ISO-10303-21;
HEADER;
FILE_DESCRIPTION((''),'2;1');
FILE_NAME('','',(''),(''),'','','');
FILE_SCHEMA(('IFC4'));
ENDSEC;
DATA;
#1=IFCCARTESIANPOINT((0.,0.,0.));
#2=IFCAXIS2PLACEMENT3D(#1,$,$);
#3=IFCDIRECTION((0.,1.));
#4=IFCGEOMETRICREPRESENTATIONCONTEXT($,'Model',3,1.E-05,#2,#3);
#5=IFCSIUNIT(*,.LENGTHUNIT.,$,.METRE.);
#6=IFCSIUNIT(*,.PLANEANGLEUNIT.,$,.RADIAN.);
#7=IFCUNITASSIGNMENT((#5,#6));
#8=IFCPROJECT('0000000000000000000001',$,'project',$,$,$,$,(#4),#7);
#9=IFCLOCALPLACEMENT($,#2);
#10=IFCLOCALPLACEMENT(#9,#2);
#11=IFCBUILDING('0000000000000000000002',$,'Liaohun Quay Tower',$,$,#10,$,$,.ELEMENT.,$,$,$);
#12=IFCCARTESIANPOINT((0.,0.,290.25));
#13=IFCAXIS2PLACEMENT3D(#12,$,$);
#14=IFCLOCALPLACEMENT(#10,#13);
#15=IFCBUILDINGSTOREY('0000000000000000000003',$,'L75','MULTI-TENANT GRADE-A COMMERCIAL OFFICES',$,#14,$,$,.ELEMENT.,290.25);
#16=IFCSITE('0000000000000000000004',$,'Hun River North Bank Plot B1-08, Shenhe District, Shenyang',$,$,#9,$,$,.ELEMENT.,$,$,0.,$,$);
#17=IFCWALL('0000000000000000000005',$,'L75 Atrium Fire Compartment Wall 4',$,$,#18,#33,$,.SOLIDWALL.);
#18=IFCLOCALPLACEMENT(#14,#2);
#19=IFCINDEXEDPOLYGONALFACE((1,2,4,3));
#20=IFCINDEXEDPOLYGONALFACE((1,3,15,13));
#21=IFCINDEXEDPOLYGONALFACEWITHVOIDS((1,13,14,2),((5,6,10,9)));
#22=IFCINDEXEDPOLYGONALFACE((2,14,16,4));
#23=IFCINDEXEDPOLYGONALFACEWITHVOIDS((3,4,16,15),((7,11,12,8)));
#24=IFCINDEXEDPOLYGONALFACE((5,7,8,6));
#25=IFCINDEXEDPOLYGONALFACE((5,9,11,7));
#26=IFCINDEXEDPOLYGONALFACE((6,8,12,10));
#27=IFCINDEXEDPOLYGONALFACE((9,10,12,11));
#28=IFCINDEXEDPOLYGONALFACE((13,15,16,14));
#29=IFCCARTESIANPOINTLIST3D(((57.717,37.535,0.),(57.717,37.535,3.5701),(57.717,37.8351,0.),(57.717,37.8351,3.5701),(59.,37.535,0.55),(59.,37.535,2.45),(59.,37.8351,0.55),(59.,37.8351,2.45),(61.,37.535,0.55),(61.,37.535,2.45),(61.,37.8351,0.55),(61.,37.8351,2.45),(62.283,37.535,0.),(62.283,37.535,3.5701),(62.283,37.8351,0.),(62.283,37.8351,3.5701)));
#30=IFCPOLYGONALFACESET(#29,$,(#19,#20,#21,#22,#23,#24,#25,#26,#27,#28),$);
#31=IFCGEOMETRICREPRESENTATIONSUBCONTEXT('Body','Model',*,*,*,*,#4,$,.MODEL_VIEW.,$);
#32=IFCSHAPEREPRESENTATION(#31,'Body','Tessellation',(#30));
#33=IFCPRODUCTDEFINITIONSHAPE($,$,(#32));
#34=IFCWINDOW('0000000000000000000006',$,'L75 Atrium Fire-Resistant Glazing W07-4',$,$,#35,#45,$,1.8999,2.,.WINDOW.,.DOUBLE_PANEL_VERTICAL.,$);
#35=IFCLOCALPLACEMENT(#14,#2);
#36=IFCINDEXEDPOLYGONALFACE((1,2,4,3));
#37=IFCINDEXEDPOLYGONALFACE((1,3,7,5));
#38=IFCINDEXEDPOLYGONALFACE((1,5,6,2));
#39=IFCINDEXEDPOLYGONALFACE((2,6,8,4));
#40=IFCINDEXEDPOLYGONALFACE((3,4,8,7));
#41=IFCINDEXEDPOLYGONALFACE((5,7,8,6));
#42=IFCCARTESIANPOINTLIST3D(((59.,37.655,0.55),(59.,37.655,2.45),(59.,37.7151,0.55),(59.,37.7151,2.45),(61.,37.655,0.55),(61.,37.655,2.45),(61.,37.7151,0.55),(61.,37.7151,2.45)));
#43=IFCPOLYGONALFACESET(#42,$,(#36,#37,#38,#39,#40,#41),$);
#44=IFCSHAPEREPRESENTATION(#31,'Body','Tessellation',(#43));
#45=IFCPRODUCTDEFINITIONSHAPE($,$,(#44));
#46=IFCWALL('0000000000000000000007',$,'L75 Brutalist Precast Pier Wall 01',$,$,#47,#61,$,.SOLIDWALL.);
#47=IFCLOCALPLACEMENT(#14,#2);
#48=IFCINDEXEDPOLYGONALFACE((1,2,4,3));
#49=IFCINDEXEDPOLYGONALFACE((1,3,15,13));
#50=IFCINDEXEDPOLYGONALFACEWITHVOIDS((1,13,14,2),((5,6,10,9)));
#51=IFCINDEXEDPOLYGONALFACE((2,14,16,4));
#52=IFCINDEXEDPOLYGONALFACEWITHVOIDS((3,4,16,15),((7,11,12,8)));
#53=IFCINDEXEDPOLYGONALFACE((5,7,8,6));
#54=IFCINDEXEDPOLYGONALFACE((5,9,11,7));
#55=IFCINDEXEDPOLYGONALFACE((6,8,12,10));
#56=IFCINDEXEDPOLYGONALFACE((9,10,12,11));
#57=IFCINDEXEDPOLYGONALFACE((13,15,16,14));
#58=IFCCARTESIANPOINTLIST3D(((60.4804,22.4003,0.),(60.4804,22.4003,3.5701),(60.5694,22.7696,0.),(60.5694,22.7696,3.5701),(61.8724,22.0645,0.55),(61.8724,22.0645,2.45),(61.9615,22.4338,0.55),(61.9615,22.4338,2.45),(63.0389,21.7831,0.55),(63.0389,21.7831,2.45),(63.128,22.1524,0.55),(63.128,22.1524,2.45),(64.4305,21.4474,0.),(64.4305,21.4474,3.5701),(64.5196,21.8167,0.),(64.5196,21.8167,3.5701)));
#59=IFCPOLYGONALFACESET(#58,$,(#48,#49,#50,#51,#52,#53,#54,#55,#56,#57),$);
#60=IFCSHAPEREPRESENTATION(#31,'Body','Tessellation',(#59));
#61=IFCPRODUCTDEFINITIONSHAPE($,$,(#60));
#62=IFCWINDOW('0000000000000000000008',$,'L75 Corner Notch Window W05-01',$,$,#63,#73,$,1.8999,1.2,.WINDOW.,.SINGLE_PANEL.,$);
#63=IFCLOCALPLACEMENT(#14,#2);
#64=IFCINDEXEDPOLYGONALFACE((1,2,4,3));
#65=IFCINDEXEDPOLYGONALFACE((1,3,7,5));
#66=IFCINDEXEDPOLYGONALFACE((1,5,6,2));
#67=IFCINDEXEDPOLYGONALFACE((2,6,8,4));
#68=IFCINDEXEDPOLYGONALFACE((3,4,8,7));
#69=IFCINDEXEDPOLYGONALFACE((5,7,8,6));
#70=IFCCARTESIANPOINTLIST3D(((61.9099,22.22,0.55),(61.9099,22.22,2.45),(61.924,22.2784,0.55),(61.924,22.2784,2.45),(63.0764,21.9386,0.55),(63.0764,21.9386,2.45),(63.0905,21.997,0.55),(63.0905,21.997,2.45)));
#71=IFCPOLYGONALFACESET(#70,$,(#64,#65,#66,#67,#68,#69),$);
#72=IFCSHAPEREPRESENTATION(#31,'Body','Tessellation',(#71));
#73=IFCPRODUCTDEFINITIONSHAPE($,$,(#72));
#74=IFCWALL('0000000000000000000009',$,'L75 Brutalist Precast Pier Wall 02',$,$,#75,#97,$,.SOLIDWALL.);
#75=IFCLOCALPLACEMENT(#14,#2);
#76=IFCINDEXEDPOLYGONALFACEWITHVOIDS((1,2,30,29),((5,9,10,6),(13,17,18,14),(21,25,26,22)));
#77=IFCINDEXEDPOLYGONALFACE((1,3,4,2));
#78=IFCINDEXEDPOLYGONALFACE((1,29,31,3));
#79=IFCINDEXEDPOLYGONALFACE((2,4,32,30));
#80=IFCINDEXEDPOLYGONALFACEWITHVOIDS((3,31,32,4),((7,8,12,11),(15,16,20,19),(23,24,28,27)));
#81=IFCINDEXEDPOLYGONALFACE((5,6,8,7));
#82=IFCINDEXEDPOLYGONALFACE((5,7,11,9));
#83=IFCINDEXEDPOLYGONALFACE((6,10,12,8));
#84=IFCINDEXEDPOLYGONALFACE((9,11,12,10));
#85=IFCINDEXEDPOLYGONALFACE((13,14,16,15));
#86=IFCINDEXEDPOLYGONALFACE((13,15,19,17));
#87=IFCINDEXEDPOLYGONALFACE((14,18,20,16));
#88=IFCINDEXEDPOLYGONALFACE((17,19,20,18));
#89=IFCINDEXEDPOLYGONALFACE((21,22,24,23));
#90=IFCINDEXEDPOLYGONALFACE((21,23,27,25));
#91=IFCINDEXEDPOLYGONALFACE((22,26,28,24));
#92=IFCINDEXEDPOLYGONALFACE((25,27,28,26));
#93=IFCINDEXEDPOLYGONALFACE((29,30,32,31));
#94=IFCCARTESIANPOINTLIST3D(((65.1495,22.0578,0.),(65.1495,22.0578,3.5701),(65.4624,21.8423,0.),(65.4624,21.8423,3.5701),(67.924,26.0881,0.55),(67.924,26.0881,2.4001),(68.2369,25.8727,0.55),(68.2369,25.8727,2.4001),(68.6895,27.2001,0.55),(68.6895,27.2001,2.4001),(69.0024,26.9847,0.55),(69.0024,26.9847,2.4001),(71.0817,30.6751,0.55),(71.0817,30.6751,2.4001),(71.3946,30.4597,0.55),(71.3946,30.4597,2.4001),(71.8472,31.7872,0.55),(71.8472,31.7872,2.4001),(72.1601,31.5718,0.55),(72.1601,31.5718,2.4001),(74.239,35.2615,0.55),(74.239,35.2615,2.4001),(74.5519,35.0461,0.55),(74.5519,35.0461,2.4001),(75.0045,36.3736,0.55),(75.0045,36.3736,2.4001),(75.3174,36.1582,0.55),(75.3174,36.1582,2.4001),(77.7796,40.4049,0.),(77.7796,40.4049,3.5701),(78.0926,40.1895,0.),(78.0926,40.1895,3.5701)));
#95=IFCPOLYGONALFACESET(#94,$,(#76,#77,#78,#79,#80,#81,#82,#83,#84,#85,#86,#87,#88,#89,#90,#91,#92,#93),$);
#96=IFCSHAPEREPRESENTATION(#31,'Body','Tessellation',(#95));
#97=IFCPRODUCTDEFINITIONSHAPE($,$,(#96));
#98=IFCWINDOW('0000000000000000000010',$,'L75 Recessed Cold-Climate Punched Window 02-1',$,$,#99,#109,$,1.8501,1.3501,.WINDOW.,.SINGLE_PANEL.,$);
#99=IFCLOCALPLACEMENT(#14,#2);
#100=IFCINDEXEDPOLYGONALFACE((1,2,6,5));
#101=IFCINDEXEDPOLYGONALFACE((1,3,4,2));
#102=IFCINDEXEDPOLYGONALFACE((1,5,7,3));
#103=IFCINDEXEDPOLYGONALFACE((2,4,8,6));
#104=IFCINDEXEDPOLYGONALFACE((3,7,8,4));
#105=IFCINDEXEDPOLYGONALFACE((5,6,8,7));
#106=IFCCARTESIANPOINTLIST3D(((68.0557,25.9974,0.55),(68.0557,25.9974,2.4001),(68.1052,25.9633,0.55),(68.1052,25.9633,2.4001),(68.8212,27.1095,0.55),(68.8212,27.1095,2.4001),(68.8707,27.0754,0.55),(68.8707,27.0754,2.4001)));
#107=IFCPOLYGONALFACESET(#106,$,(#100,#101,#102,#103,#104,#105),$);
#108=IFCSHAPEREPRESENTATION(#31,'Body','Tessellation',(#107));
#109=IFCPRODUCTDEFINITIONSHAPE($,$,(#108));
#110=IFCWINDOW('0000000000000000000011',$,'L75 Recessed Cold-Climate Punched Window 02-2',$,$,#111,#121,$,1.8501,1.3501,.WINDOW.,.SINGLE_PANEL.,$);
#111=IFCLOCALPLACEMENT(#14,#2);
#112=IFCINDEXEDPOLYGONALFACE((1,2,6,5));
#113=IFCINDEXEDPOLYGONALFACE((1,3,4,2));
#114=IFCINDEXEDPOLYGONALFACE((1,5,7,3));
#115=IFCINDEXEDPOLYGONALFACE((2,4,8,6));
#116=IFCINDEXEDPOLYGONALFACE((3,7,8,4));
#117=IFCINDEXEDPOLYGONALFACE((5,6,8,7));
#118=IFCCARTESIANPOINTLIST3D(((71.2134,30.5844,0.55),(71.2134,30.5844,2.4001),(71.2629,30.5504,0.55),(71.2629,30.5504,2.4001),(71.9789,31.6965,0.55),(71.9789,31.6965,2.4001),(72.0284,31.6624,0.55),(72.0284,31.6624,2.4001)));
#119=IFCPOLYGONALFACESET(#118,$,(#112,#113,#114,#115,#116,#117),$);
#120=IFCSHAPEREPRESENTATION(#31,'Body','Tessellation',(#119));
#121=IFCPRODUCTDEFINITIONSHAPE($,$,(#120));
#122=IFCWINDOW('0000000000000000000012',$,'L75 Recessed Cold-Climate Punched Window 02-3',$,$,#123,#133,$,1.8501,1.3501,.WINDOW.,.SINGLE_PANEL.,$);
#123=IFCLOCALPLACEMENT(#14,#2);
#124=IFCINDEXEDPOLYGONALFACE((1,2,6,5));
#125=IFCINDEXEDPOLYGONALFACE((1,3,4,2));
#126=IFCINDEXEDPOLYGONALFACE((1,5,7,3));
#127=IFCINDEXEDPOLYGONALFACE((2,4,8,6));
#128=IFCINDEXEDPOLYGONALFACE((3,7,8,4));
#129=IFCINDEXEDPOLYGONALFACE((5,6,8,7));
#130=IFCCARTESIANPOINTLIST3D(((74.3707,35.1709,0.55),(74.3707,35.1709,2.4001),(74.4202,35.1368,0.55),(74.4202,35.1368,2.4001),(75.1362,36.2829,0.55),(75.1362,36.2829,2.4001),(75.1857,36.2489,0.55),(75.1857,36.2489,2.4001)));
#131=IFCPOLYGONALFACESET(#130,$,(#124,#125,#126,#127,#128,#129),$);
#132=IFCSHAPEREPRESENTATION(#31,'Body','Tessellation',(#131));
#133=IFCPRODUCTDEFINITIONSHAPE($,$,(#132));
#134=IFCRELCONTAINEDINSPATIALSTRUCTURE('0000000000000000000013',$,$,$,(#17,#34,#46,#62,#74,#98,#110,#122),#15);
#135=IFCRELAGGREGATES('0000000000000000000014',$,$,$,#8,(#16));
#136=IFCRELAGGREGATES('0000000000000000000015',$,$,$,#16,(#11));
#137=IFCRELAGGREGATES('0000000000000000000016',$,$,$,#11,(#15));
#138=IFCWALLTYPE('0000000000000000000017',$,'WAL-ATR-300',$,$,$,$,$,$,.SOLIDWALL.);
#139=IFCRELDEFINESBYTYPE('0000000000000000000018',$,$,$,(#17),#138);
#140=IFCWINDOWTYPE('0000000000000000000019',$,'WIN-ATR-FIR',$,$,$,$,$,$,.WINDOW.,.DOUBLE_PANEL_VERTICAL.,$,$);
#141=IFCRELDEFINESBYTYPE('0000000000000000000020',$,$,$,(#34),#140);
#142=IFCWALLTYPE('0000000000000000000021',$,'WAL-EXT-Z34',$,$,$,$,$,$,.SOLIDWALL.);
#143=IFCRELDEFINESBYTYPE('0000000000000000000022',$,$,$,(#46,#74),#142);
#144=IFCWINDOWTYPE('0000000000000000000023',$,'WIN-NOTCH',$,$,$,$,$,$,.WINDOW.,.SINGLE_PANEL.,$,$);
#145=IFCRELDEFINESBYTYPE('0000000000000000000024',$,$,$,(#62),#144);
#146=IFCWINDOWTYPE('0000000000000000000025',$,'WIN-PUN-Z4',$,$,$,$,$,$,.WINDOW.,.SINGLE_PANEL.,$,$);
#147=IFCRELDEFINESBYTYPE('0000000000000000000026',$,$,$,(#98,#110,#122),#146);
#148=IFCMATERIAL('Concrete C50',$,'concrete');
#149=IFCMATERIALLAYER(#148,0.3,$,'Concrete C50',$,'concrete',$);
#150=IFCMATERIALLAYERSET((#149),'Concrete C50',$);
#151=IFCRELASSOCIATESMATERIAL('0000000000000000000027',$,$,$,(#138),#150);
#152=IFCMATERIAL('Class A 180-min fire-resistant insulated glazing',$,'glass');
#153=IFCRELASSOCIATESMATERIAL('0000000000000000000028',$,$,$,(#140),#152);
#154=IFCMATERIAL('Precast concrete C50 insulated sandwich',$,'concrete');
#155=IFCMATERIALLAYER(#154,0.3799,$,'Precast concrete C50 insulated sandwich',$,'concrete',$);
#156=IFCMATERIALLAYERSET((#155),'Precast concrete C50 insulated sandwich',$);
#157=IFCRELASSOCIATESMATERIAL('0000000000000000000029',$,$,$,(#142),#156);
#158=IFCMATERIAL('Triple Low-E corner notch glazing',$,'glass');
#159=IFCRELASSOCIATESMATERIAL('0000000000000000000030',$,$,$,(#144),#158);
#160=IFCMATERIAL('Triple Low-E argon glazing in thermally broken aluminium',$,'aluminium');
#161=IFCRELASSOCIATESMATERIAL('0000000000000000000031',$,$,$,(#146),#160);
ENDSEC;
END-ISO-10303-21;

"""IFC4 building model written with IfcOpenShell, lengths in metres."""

from ifc_helpers import new_model, si_unit, direction, frame, frame_2d, origin, place, context, subcontext, project, spatial, rectangle, extrude, source, transform, mapped, material, layer, layer_set, type_object, element, fill, save


model = new_model("IFC4")

# Units and contexts
model_context = context("Model", 3, precision=1e-05, world=origin(), true_north=direction((0.0, 1.0)))
body_context = subcontext(model_context, "Body", "Model", "MODEL_VIEW")
ifc_project = project(units=[si_unit("LENGTHUNIT", "METRE"), si_unit("PLANEANGLEUNIT", "RADIAN")], contexts=[model_context])

# Site, building, storey
site_placement = place(None, origin())
site = spatial("IfcSite", under=ifc_project, at=site_placement, Name="Hun River North Bank Plot B1-08, Shenhe District, Shenyang", CompositionType="ELEMENT", RefElevation=0.0)
building_placement = place(site_placement, origin())
building = spatial("IfcBuilding", under=site, at=building_placement, Name="Liaohun Quay Tower", CompositionType="ELEMENT")
storey_placement = place(building_placement, frame((0.0, 0.0, 290.25)))
storey = spatial("IfcBuildingStorey", under=building, at=storey_placement, Name="L75", Description="MULTI-TENANT GRADE-A COMMERCIAL OFFICES", CompositionType="ELEMENT", Elevation=290.25)

# Shared definitions
ifc_material_1 = material(Name="Concrete C50", Category="concrete")

# Walls, openings, windows
ifc_layer_1 = layer(ifc_material_1, 0.3, Name="Concrete C50", Category="concrete")
ifc_layer_set_1 = layer_set([ifc_layer_1], Name="Concrete C50")
wall_type_1 = type_object("IfcWallType", Name="WAL-ATR-300", PredefinedType="SOLIDWALL", material=ifc_layer_set_1)
shared_shape_1 = source(origin(), body_context, "Body", "SweptSolid", [
    extrude(rectangle(XDim=2.0, YDim=1.8999, at=frame_2d((1.0, 0.95))), frame((0.0, 0.1599, 0.0), z_axis=(0.0, -1.0, 0.0), x_axis=(1.0, 0.0, 0.0)), (0.0, 0.0, 1.0), 0.3201),
])
ifc_material_2 = material(Name="Class A 180-min fire-resistant insulated glazing", Category="glass")
window_type_1 = type_object("IfcWindowType", Name="WIN-ATR-FIR", PartitioningType="DOUBLE_PANEL_VERTICAL", PredefinedType="WINDOW", material=ifc_material_2)
shared_shape_2 = source(origin(), body_context, "Body", "SweptSolid", [
    extrude(rectangle(XDim=2.0, YDim=1.8999, at=frame_2d((1.0, 0.95))), frame((0.0, 0.03, 0.0), z_axis=(0.0, -1.0, 0.0), x_axis=(1.0, 0.0, 0.0)), (0.0, 0.0, 1.0), 0.0601),
])
wall_1_placement = place(storey_placement, frame((62.283, 37.6851, 0.0), z_axis=(0.0, 0.0, 1.0), x_axis=(-1.0, 0.0, 0.0)))
wall_1 = element("IfcWall", 1, at=wall_1_placement, inside=storey, type_object=wall_type_1, Name="L75 Atrium Fire Compartment Wall 4", PredefinedType="SOLIDWALL", context=body_context, shape_type="SweptSolid", body=[
    extrude(rectangle(XDim=4.5659, YDim=0.3, at=frame_2d((2.283, 0.0))), origin(), (0.0, 0.0, 1.0), 3.5701),
])
opening_1_placement = place(wall_1_placement, frame((1.283, 0.0, 0.55)))
opening_1 = element("IfcOpeningElement", 2, at=opening_1_placement, cuts=wall_1, PredefinedType="OPENING", context=body_context, shape_type="MappedRepresentation", body=[
    mapped(shared_shape_1, transform((0.0, 0.0, 0.0), x_axis=(1.0, 0.0, 0.0), y_axis=(0.0, 1.0, 0.0), z_axis=(0.0, 0.0, 1.0), scale=1.0)),
])
window_1_placement = place(opening_1_placement, origin())
window_1 = element("IfcWindow", 3, at=window_1_placement, inside=storey, type_object=window_type_1, Name="L75 Atrium Fire-Resistant Glazing W07-4", OverallHeight=1.8999, OverallWidth=2.0, PartitioningType="DOUBLE_PANEL_VERTICAL", PredefinedType="WINDOW", context=body_context, shape_type="MappedRepresentation", body=[
    mapped(shared_shape_2, transform((0.0, 0.0, 0.0), x_axis=(1.0, 0.0, 0.0), y_axis=(0.0, 1.0, 0.0), z_axis=(0.0, 0.0, 1.0), scale=1.0)),
])
fill(opening_1, window_1)
ifc_material_3 = material(Name="Precast concrete C50 insulated sandwich", Category="concrete")
ifc_layer_2 = layer(ifc_material_3, 0.3799, Name="Precast concrete C50 insulated sandwich", Category="concrete")
ifc_layer_set_2 = layer_set([ifc_layer_2], Name="Precast concrete C50 insulated sandwich")
wall_type_2 = type_object("IfcWallType", Name="WAL-EXT-Z34", PredefinedType="SOLIDWALL", material=ifc_layer_set_2)
wall_2_placement = place(storey_placement, frame((60.5249, 22.585, 0.0), z_axis=(0.0, 0.0, 1.0), x_axis=(0.972117, -0.234498, 0.0)))
wall_2 = element("IfcWall", 4, at=wall_2_placement, inside=storey, type_object=wall_type_2, Name="L75 Brutalist Precast Pier Wall 01", PredefinedType="SOLIDWALL", context=body_context, shape_type="SweptSolid", body=[
    extrude(rectangle(XDim=4.0635, YDim=0.3799, at=frame_2d((2.0317, 0.0))), origin(), (0.0, 0.0, 1.0), 3.5701),
])
shared_shape_3 = source(origin(), body_context, "Body", "SweptSolid", [
    extrude(rectangle(XDim=1.2, YDim=1.8999, at=frame_2d((0.6001, 0.95))), frame((0.0, 0.2, 0.0), z_axis=(0.0, -1.0, 0.0), x_axis=(1.0, 0.0, 0.0)), (0.0, 0.0, 1.0), 0.3999),
])
opening_2_placement = place(wall_2_placement, frame((1.4319, 0.0, 0.55)))
opening_2 = element("IfcOpeningElement", 5, at=opening_2_placement, cuts=wall_2, PredefinedType="OPENING", context=body_context, shape_type="MappedRepresentation", body=[
    mapped(shared_shape_3, transform((0.0, 0.0, 0.0), x_axis=(1.0, 0.0, 0.0), y_axis=(0.0, 1.0, 0.0), z_axis=(0.0, 0.0, 1.0), scale=1.0)),
])
ifc_material_4 = material(Name="Triple Low-E corner notch glazing", Category="glass")
window_type_2 = type_object("IfcWindowType", Name="WIN-NOTCH", PartitioningType="SINGLE_PANEL", PredefinedType="WINDOW", material=ifc_material_4)
shared_shape_4 = source(origin(), body_context, "Body", "SweptSolid", [
    extrude(rectangle(XDim=1.2, YDim=1.8999, at=frame_2d((0.6001, 0.95))), frame((0.0, 0.03, 0.0), z_axis=(0.0, -1.0, 0.0), x_axis=(1.0, 0.0, 0.0)), (0.0, 0.0, 1.0), 0.0601),
])
window_2_placement = place(opening_2_placement, origin())
window_2 = element("IfcWindow", 6, at=window_2_placement, inside=storey, type_object=window_type_2, Name="L75 Corner Notch Window W05-01", OverallHeight=1.8999, OverallWidth=1.2, PartitioningType="SINGLE_PANEL", PredefinedType="WINDOW", context=body_context, shape_type="MappedRepresentation", body=[
    mapped(shared_shape_4, transform((0.0, 0.0, 0.0), x_axis=(1.0, 0.0, 0.0), y_axis=(0.0, 1.0, 0.0), z_axis=(0.0, 0.0, 1.0), scale=1.0)),
])
fill(opening_2, window_2)

# Wall, openings, windows
wall_3_placement = place(storey_placement, frame((65.3059, 21.95, 0.0), z_axis=(0.0, 0.0, 1.0), x_axis=(0.56703, 0.823697, 0.0)))
wall_3 = element("IfcWall", 7, at=wall_3_placement, inside=storey, type_object=wall_type_2, Name="L75 Brutalist Precast Pier Wall 02", PredefinedType="SOLIDWALL", context=body_context, shape_type="SweptSolid", body=[
    extrude(rectangle(XDim=22.2742, YDim=0.3799, at=frame_2d((11.1372, 0.0))), origin(), (0.0, 0.0, 1.0), 3.5701),
])
shared_shape_5 = source(origin(), body_context, "Body", "SweptSolid", [
    extrude(rectangle(XDim=1.3501, YDim=1.8501, at=frame_2d((0.675, 0.925))), frame((0.0, 0.2, 0.0), z_axis=(0.0, -1.0, 0.0), x_axis=(1.0, 0.0, 0.0)), (0.0, 0.0, 1.0), 0.3999),
])
opening_3_placement = place(wall_3_placement, frame((4.8931, 0.0, 0.55)))
opening_3 = element("IfcOpeningElement", 8, at=opening_3_placement, cuts=wall_3, PredefinedType="OPENING", context=body_context, shape_type="MappedRepresentation", body=[
    mapped(shared_shape_5, transform((0.0, 0.0, 0.0), x_axis=(1.0, 0.0, 0.0), y_axis=(0.0, 1.0, 0.0), z_axis=(0.0, 0.0, 1.0), scale=1.0)),
])
opening_4_placement = place(wall_3_placement, frame((10.4619, 0.0, 0.55)))
opening_4 = element("IfcOpeningElement", 9, at=opening_4_placement, cuts=wall_3, PredefinedType="OPENING", context=body_context, shape_type="MappedRepresentation", body=[
    mapped(shared_shape_5, transform((0.0, 0.0, 0.0), x_axis=(1.0, 0.0, 0.0), y_axis=(0.0, 1.0, 0.0), z_axis=(0.0, 0.0, 1.0), scale=1.0)),
])
opening_5_placement = place(wall_3_placement, frame((16.03, 0.0, 0.55)))
opening_5 = element("IfcOpeningElement", 10, at=opening_5_placement, cuts=wall_3, PredefinedType="OPENING", context=body_context, shape_type="MappedRepresentation", body=[
    mapped(shared_shape_5, transform((0.0, 0.0, 0.0), x_axis=(1.0, 0.0, 0.0), y_axis=(0.0, 1.0, 0.0), z_axis=(0.0, 0.0, 1.0), scale=1.0)),
])
ifc_material_5 = material(Name="Triple Low-E argon glazing in thermally broken aluminium", Category="aluminium")
window_type_3 = type_object("IfcWindowType", Name="WIN-PUN-Z4", PartitioningType="SINGLE_PANEL", PredefinedType="WINDOW", material=ifc_material_5)
shared_shape_6 = source(origin(), body_context, "Body", "SweptSolid", [
    extrude(rectangle(XDim=1.3501, YDim=1.8501, at=frame_2d((0.675, 0.925))), frame((0.0, 0.03, 0.0), z_axis=(0.0, -1.0, 0.0), x_axis=(1.0, 0.0, 0.0)), (0.0, 0.0, 1.0), 0.0601),
])
window_3_placement = place(opening_3_placement, origin())
window_3 = element("IfcWindow", 11, at=window_3_placement, inside=storey, type_object=window_type_3, Name="L75 Recessed Cold-Climate Punched Window 02-1", OverallHeight=1.8501, OverallWidth=1.3501, PartitioningType="SINGLE_PANEL", PredefinedType="WINDOW", context=body_context, shape_type="MappedRepresentation", body=[
    mapped(shared_shape_6, transform((0.0, 0.0, 0.0), x_axis=(1.0, 0.0, 0.0), y_axis=(0.0, 1.0, 0.0), z_axis=(0.0, 0.0, 1.0), scale=1.0)),
])
fill(opening_3, window_3)
window_4_placement = place(opening_4_placement, origin())
window_4 = element("IfcWindow", 12, at=window_4_placement, inside=storey, type_object=window_type_3, Name="L75 Recessed Cold-Climate Punched Window 02-2", OverallHeight=1.8501, OverallWidth=1.3501, PartitioningType="SINGLE_PANEL", PredefinedType="WINDOW", context=body_context, shape_type="MappedRepresentation", body=[
    mapped(shared_shape_6, transform((0.0, 0.0, 0.0), x_axis=(1.0, 0.0, 0.0), y_axis=(0.0, 1.0, 0.0), z_axis=(0.0, 0.0, 1.0), scale=1.0)),
])
fill(opening_4, window_4)
window_5_placement = place(opening_5_placement, origin())
window_5 = element("IfcWindow", 13, at=window_5_placement, inside=storey, type_object=window_type_3, Name="L75 Recessed Cold-Climate Punched Window 02-3", OverallHeight=1.8501, OverallWidth=1.3501, PartitioningType="SINGLE_PANEL", PredefinedType="WINDOW", context=body_context, shape_type="MappedRepresentation", body=[
    mapped(shared_shape_6, transform((0.0, 0.0, 0.0), x_axis=(1.0, 0.0, 0.0), y_axis=(0.0, 1.0, 0.0), z_axis=(0.0, 0.0, 1.0), scale=1.0)),
])
fill(opening_5, window_5)

save(model, "model.ifc")
